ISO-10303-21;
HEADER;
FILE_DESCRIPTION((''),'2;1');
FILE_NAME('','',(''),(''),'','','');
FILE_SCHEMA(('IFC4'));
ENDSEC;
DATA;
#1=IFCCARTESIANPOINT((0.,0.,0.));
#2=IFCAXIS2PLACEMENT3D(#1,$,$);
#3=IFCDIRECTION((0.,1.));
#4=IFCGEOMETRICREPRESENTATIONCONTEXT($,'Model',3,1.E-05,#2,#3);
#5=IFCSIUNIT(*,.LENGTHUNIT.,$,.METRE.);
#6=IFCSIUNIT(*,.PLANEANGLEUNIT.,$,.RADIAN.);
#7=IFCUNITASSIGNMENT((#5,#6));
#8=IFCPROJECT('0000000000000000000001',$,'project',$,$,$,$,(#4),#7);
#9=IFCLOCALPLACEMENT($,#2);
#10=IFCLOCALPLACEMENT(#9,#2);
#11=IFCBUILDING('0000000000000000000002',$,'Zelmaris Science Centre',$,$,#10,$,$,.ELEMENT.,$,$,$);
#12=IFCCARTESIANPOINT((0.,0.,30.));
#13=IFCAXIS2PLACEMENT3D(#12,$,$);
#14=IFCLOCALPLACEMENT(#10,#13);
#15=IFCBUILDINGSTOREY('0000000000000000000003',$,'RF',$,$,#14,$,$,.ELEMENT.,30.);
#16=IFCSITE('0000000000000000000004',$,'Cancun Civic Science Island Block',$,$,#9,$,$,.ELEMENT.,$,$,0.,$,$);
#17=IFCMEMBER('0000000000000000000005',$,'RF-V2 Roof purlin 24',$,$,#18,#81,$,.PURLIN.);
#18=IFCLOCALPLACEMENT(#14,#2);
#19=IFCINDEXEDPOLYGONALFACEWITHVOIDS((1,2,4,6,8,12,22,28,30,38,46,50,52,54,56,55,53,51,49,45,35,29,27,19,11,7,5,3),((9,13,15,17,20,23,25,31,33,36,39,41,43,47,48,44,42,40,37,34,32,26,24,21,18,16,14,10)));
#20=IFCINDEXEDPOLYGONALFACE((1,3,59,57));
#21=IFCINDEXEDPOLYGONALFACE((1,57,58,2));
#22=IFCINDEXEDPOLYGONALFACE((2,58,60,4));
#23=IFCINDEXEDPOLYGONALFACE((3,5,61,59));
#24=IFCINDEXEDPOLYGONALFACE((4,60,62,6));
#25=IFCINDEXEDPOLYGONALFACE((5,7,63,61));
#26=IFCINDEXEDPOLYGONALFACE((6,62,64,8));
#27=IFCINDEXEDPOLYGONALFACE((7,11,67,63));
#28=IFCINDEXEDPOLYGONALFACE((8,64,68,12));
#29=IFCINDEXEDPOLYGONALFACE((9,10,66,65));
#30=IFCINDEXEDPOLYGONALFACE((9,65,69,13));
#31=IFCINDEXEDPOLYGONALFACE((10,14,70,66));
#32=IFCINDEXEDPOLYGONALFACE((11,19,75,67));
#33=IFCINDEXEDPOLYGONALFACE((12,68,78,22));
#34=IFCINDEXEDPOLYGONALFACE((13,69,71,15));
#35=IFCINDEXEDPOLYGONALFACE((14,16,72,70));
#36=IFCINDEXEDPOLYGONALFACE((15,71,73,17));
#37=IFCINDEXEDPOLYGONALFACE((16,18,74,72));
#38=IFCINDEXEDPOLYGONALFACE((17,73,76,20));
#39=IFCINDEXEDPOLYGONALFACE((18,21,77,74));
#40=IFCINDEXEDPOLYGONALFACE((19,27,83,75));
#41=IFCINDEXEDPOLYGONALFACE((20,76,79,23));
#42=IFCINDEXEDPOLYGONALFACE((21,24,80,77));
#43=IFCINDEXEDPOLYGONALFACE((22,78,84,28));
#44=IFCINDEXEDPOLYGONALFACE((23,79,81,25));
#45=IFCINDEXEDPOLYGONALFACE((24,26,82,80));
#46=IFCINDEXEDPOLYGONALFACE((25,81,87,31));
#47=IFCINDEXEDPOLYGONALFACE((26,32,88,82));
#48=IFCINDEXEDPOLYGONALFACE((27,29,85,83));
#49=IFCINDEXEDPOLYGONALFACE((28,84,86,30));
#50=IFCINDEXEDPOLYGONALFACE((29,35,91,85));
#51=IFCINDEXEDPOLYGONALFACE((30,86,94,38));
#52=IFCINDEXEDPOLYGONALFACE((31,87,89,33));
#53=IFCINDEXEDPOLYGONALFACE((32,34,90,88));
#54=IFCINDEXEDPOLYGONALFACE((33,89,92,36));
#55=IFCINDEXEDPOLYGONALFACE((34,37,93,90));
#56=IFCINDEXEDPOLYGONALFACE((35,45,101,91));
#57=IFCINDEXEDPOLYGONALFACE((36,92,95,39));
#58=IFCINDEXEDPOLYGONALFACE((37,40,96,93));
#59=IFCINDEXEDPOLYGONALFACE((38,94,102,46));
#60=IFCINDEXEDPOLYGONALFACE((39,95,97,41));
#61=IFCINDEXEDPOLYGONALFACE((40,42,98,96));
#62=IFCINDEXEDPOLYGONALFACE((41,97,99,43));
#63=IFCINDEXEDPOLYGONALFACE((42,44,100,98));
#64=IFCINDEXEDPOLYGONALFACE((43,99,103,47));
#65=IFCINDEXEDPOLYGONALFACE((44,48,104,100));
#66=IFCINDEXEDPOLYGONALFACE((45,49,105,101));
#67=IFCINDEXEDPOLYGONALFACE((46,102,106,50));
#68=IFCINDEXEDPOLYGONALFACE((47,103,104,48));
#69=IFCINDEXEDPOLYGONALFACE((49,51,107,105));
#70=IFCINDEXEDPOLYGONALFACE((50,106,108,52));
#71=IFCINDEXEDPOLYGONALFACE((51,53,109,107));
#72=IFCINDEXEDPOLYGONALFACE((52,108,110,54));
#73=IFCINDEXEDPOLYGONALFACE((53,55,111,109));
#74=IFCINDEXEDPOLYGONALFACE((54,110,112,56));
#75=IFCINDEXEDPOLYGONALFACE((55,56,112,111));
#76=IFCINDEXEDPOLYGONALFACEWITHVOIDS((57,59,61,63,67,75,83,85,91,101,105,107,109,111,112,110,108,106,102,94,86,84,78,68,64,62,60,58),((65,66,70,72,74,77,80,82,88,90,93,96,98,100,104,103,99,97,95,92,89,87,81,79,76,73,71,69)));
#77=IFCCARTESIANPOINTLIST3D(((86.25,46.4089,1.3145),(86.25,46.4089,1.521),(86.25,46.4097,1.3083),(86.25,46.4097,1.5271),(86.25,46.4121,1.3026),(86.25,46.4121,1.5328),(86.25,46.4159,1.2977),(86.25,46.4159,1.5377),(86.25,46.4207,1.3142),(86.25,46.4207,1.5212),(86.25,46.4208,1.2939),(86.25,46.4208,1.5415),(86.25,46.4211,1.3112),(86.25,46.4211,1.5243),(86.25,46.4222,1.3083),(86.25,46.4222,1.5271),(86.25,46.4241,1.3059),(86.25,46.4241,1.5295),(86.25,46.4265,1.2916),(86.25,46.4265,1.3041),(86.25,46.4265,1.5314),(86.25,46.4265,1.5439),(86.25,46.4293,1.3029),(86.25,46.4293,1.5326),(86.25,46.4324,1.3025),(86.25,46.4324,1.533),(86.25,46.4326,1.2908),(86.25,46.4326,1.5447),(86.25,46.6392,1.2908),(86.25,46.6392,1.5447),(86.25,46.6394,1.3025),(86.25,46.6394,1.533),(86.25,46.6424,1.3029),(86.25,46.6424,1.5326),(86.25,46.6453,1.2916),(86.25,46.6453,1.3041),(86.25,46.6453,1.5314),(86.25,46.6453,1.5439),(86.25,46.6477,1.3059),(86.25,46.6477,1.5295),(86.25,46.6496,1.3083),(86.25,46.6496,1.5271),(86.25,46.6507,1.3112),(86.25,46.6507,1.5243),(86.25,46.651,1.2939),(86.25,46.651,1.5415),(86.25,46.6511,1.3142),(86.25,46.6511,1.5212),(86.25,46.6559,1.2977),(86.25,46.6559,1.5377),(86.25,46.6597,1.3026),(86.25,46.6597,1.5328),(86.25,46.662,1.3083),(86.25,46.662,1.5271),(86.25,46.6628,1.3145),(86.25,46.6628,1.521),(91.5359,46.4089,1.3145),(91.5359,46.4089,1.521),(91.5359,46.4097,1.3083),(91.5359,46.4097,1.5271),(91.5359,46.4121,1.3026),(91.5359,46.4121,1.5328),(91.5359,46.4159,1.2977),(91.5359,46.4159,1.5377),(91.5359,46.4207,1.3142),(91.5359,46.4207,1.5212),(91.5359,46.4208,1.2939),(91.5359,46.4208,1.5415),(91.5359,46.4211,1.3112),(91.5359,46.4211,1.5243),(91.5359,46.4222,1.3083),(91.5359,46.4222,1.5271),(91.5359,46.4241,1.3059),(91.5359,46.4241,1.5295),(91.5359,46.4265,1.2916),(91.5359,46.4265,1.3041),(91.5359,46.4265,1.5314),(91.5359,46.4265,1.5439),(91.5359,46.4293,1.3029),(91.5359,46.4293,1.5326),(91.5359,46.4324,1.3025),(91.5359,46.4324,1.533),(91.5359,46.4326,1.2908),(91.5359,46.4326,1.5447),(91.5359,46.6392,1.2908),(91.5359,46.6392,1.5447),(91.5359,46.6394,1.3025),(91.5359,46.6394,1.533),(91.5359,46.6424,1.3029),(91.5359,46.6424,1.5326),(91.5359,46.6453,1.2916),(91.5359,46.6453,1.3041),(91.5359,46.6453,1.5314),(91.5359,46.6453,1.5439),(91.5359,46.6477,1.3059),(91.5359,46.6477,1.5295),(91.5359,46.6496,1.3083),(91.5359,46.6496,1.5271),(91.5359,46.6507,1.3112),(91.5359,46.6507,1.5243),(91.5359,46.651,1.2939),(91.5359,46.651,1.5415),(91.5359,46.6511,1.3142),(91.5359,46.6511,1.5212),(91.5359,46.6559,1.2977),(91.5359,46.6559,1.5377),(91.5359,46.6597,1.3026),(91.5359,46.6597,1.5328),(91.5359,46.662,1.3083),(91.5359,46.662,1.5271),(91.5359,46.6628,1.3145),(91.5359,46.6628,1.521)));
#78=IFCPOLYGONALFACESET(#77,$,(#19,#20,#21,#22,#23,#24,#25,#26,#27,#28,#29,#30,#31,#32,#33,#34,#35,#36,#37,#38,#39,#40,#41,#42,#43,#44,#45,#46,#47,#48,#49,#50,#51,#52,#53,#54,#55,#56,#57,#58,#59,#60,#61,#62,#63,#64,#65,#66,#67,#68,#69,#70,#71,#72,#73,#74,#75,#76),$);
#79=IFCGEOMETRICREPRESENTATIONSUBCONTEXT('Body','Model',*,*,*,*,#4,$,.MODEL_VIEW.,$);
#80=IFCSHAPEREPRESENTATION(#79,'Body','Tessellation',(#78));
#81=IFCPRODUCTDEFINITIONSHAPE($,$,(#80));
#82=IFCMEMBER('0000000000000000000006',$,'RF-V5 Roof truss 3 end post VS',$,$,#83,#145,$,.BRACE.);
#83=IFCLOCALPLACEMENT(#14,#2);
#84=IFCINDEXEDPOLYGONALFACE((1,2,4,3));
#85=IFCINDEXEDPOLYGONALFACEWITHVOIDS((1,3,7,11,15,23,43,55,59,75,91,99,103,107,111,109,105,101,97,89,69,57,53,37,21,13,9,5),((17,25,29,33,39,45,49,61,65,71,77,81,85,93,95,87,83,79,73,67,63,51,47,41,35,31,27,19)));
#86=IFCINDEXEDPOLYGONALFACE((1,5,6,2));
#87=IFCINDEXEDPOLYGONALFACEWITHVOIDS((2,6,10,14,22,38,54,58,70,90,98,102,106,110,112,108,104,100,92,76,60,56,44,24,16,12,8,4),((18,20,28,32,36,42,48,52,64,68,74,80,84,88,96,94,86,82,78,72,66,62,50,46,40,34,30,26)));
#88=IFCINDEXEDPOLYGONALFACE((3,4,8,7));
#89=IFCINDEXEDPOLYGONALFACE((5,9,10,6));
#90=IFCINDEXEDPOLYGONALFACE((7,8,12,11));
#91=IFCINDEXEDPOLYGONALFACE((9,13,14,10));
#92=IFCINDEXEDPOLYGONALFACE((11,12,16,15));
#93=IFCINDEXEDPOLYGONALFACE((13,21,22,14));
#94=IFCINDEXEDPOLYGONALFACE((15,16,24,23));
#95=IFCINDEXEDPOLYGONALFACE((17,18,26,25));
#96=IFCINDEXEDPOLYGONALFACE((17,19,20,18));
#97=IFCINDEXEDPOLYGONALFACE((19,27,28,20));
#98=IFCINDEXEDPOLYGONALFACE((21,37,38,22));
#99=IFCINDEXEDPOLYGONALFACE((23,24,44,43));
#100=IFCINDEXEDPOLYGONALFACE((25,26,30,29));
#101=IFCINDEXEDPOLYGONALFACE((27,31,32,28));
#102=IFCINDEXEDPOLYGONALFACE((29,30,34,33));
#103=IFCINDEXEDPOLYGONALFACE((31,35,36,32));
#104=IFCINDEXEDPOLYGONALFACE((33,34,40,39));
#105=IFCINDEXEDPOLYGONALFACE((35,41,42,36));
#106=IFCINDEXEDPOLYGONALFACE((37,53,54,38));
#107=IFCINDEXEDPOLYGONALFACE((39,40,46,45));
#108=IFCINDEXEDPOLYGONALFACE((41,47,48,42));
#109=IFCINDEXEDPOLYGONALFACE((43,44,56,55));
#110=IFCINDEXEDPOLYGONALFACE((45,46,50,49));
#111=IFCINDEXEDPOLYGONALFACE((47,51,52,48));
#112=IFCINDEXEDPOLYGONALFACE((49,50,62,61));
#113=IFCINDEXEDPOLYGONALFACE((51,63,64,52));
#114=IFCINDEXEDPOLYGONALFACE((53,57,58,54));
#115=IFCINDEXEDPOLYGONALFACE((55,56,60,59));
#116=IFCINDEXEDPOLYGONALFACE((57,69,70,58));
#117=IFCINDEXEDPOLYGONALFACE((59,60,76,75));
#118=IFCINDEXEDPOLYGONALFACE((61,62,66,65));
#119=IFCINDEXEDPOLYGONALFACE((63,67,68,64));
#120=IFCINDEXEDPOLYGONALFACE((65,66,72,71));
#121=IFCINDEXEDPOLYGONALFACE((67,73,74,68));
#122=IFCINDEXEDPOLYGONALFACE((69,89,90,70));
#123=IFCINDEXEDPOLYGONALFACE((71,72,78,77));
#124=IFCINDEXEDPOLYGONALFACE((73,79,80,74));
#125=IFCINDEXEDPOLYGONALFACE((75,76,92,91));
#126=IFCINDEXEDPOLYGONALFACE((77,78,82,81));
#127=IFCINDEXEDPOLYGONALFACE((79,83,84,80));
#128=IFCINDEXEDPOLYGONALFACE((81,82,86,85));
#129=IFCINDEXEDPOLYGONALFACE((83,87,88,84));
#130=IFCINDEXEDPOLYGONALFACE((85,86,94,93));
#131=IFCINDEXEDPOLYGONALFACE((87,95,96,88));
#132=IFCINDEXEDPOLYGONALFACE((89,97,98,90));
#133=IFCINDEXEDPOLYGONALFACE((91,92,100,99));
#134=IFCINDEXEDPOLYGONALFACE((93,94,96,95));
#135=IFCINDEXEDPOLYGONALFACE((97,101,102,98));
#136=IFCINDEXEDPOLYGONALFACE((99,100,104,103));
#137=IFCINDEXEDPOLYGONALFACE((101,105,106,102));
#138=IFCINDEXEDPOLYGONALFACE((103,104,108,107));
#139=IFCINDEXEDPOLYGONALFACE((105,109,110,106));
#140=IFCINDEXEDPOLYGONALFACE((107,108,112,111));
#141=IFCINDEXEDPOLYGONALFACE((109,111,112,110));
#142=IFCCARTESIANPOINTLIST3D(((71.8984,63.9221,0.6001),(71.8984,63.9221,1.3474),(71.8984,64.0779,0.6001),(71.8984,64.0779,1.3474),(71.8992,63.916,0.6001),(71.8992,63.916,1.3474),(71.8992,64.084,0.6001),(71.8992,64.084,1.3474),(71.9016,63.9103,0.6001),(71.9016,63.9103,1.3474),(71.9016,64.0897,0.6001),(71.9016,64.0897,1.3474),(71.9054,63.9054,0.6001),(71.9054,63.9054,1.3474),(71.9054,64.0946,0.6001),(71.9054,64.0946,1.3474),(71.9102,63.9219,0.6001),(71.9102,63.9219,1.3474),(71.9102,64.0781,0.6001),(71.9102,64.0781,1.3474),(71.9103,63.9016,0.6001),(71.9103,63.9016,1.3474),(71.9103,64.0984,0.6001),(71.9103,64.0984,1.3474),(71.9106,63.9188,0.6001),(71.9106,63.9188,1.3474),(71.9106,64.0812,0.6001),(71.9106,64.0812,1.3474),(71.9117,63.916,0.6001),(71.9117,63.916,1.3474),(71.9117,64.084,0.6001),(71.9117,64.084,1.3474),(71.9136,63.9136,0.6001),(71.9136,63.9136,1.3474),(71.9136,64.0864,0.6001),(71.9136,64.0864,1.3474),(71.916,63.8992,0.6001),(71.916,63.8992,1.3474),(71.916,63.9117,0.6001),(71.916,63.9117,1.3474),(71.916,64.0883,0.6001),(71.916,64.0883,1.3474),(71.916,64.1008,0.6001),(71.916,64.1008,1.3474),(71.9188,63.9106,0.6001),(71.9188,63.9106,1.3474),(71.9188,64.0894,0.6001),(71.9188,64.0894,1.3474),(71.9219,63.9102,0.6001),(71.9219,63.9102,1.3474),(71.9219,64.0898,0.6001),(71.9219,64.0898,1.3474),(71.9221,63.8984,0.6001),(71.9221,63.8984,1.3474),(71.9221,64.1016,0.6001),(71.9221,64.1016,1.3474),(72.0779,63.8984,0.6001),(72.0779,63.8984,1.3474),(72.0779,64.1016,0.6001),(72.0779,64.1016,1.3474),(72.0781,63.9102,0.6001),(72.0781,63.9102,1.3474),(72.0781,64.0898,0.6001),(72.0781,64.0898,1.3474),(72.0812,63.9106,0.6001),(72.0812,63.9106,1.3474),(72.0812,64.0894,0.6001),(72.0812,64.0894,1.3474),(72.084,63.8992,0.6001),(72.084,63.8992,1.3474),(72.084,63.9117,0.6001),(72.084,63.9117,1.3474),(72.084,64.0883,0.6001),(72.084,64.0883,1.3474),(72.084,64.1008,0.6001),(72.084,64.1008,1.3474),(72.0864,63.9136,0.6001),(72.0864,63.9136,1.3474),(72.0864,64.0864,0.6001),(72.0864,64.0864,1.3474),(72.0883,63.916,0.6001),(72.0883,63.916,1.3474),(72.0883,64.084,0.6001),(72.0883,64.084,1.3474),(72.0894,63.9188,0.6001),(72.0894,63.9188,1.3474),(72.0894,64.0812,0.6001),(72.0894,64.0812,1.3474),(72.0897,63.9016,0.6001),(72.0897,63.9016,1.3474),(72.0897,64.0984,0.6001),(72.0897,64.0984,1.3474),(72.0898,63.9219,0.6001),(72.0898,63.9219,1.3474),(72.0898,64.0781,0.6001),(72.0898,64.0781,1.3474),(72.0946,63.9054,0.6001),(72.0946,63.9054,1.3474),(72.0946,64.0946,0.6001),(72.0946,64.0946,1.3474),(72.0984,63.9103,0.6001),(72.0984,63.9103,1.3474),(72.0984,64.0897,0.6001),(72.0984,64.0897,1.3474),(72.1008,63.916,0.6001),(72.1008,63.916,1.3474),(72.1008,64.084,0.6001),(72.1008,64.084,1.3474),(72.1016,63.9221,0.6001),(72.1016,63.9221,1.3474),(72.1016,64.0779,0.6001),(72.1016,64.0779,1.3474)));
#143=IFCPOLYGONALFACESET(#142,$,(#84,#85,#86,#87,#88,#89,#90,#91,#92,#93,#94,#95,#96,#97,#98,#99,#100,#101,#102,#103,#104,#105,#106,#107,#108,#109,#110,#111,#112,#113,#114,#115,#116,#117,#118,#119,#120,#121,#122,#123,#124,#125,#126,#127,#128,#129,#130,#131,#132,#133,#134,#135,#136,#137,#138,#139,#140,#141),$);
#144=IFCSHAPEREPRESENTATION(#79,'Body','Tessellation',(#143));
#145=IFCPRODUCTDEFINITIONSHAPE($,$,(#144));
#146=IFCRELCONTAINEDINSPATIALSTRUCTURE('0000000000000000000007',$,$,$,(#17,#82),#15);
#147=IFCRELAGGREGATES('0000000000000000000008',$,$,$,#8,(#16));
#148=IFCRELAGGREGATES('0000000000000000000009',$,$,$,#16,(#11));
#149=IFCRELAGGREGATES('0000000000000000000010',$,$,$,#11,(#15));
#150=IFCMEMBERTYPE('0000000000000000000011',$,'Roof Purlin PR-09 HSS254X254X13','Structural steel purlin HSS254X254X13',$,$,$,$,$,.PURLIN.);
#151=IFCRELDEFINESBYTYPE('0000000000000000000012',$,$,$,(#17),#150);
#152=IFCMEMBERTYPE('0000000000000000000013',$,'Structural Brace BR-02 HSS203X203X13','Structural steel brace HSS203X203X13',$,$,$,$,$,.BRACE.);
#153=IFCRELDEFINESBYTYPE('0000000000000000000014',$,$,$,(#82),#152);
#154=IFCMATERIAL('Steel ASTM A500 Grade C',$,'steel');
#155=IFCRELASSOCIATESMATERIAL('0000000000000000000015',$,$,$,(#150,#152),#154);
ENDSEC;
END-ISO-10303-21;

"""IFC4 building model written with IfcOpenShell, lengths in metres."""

from ifc_helpers import new_model, si_unit, direction, frame, origin, origin_2d, place, context, subcontext, project, spatial, hollow_rectangle, extrude, material, material_profile, profile_set, type_object, element, save


model = new_model("IFC4")

# Units and contexts
model_context = context("Model", 3, precision=1e-05, world=origin(), true_north=direction((0.0, 1.0)))
body_context = subcontext(model_context, "Body", "Model", "MODEL_VIEW")
ifc_project = project(units=[si_unit("LENGTHUNIT", "METRE"), si_unit("PLANEANGLEUNIT", "RADIAN")], contexts=[model_context])

# Site, building, storey
site_placement = place(None, origin())
site = spatial("IfcSite", under=ifc_project, at=site_placement, Name="Cancun Civic Science Island Block", CompositionType="ELEMENT", RefElevation=0.0)
building_placement = place(site_placement, origin())
building = spatial("IfcBuilding", under=site, at=building_placement, Name="Zelmaris Science Centre", CompositionType="ELEMENT")
storey_placement = place(building_placement, frame((0.0, 0.0, 30.0)))
storey = spatial("IfcBuildingStorey", under=building, at=storey_placement, Name="RF", CompositionType="ELEMENT", Elevation=30.0)

# Shared definitions
ifc_material = material(Name="Steel ASTM A500 Grade C", Category="steel")

# Members
ifc_material_profile_1 = material_profile(ifc_material, hollow_rectangle(XDim=0.2539, YDim=0.2539, WallThickness=0.0117, InnerFilletRadius=0.0117, OuterFilletRadius=0.0237, at=origin_2d()), Name="HSS254X254X13")
ifc_profile_set_1 = profile_set([ifc_material_profile_1], Name="Steel ASTM A500 Grade C")
member_type_1 = type_object("IfcMemberType", Name="Roof Purlin PR-09 HSS254X254X13", Description="Structural steel purlin HSS254X254X13", PredefinedType="PURLIN", material=ifc_profile_set_1)
member_1_placement = place(storey_placement, frame((86.25, 46.5359, 1.4177), z_axis=(1.0, 0.0, 0.0), x_axis=(0.0, 1.0, 0.0)))
element("IfcMember", 1, at=member_1_placement, inside=storey, type_object=member_type_1, Name="RF-V2 Roof purlin 24", PredefinedType="PURLIN", context=body_context, shape_type="SweptSolid", body=[
    extrude(hollow_rectangle(XDim=0.2539, YDim=0.2539, WallThickness=0.0117, InnerFilletRadius=0.0117, OuterFilletRadius=0.0237, at=origin_2d()), origin(), (0.0, 0.0, 1.0), 5.2859),
])
ifc_material_profile_2 = material_profile(ifc_material, hollow_rectangle(XDim=0.2031, YDim=0.2031, WallThickness=0.0117, InnerFilletRadius=0.0117, OuterFilletRadius=0.0237, at=origin_2d()), Name="HSS203X203X13")
ifc_profile_set_2 = profile_set([ifc_material_profile_2], Name="Steel ASTM A500 Grade C")
member_type_2 = type_object("IfcMemberType", Name="Structural Brace BR-02 HSS203X203X13", Description="Structural steel brace HSS203X203X13", PredefinedType="BRACE", material=ifc_profile_set_2)
for number, where, z_axis, x_axis, name in (
    (2, (72.0, 64.0, 0.6001), (0.0, 0.0, 1.0), (1.0, 0.0, 0.0), "RF-V5 Roof truss 3 end post VS"),
):
    element("IfcMember", number, at=place(storey_placement, frame(where, z_axis=z_axis, x_axis=x_axis)), inside=storey, type_object=member_type_2, Name=name, PredefinedType="BRACE", context=body_context, shape_type="SweptSolid", body=[
        extrude(hollow_rectangle(XDim=0.2031, YDim=0.2031, WallThickness=0.0117, InnerFilletRadius=0.0117, OuterFilletRadius=0.0237, at=origin_2d()), origin(), (0.0, 0.0, 1.0), 0.7473),
    ])

save(model, "model.ifc")
